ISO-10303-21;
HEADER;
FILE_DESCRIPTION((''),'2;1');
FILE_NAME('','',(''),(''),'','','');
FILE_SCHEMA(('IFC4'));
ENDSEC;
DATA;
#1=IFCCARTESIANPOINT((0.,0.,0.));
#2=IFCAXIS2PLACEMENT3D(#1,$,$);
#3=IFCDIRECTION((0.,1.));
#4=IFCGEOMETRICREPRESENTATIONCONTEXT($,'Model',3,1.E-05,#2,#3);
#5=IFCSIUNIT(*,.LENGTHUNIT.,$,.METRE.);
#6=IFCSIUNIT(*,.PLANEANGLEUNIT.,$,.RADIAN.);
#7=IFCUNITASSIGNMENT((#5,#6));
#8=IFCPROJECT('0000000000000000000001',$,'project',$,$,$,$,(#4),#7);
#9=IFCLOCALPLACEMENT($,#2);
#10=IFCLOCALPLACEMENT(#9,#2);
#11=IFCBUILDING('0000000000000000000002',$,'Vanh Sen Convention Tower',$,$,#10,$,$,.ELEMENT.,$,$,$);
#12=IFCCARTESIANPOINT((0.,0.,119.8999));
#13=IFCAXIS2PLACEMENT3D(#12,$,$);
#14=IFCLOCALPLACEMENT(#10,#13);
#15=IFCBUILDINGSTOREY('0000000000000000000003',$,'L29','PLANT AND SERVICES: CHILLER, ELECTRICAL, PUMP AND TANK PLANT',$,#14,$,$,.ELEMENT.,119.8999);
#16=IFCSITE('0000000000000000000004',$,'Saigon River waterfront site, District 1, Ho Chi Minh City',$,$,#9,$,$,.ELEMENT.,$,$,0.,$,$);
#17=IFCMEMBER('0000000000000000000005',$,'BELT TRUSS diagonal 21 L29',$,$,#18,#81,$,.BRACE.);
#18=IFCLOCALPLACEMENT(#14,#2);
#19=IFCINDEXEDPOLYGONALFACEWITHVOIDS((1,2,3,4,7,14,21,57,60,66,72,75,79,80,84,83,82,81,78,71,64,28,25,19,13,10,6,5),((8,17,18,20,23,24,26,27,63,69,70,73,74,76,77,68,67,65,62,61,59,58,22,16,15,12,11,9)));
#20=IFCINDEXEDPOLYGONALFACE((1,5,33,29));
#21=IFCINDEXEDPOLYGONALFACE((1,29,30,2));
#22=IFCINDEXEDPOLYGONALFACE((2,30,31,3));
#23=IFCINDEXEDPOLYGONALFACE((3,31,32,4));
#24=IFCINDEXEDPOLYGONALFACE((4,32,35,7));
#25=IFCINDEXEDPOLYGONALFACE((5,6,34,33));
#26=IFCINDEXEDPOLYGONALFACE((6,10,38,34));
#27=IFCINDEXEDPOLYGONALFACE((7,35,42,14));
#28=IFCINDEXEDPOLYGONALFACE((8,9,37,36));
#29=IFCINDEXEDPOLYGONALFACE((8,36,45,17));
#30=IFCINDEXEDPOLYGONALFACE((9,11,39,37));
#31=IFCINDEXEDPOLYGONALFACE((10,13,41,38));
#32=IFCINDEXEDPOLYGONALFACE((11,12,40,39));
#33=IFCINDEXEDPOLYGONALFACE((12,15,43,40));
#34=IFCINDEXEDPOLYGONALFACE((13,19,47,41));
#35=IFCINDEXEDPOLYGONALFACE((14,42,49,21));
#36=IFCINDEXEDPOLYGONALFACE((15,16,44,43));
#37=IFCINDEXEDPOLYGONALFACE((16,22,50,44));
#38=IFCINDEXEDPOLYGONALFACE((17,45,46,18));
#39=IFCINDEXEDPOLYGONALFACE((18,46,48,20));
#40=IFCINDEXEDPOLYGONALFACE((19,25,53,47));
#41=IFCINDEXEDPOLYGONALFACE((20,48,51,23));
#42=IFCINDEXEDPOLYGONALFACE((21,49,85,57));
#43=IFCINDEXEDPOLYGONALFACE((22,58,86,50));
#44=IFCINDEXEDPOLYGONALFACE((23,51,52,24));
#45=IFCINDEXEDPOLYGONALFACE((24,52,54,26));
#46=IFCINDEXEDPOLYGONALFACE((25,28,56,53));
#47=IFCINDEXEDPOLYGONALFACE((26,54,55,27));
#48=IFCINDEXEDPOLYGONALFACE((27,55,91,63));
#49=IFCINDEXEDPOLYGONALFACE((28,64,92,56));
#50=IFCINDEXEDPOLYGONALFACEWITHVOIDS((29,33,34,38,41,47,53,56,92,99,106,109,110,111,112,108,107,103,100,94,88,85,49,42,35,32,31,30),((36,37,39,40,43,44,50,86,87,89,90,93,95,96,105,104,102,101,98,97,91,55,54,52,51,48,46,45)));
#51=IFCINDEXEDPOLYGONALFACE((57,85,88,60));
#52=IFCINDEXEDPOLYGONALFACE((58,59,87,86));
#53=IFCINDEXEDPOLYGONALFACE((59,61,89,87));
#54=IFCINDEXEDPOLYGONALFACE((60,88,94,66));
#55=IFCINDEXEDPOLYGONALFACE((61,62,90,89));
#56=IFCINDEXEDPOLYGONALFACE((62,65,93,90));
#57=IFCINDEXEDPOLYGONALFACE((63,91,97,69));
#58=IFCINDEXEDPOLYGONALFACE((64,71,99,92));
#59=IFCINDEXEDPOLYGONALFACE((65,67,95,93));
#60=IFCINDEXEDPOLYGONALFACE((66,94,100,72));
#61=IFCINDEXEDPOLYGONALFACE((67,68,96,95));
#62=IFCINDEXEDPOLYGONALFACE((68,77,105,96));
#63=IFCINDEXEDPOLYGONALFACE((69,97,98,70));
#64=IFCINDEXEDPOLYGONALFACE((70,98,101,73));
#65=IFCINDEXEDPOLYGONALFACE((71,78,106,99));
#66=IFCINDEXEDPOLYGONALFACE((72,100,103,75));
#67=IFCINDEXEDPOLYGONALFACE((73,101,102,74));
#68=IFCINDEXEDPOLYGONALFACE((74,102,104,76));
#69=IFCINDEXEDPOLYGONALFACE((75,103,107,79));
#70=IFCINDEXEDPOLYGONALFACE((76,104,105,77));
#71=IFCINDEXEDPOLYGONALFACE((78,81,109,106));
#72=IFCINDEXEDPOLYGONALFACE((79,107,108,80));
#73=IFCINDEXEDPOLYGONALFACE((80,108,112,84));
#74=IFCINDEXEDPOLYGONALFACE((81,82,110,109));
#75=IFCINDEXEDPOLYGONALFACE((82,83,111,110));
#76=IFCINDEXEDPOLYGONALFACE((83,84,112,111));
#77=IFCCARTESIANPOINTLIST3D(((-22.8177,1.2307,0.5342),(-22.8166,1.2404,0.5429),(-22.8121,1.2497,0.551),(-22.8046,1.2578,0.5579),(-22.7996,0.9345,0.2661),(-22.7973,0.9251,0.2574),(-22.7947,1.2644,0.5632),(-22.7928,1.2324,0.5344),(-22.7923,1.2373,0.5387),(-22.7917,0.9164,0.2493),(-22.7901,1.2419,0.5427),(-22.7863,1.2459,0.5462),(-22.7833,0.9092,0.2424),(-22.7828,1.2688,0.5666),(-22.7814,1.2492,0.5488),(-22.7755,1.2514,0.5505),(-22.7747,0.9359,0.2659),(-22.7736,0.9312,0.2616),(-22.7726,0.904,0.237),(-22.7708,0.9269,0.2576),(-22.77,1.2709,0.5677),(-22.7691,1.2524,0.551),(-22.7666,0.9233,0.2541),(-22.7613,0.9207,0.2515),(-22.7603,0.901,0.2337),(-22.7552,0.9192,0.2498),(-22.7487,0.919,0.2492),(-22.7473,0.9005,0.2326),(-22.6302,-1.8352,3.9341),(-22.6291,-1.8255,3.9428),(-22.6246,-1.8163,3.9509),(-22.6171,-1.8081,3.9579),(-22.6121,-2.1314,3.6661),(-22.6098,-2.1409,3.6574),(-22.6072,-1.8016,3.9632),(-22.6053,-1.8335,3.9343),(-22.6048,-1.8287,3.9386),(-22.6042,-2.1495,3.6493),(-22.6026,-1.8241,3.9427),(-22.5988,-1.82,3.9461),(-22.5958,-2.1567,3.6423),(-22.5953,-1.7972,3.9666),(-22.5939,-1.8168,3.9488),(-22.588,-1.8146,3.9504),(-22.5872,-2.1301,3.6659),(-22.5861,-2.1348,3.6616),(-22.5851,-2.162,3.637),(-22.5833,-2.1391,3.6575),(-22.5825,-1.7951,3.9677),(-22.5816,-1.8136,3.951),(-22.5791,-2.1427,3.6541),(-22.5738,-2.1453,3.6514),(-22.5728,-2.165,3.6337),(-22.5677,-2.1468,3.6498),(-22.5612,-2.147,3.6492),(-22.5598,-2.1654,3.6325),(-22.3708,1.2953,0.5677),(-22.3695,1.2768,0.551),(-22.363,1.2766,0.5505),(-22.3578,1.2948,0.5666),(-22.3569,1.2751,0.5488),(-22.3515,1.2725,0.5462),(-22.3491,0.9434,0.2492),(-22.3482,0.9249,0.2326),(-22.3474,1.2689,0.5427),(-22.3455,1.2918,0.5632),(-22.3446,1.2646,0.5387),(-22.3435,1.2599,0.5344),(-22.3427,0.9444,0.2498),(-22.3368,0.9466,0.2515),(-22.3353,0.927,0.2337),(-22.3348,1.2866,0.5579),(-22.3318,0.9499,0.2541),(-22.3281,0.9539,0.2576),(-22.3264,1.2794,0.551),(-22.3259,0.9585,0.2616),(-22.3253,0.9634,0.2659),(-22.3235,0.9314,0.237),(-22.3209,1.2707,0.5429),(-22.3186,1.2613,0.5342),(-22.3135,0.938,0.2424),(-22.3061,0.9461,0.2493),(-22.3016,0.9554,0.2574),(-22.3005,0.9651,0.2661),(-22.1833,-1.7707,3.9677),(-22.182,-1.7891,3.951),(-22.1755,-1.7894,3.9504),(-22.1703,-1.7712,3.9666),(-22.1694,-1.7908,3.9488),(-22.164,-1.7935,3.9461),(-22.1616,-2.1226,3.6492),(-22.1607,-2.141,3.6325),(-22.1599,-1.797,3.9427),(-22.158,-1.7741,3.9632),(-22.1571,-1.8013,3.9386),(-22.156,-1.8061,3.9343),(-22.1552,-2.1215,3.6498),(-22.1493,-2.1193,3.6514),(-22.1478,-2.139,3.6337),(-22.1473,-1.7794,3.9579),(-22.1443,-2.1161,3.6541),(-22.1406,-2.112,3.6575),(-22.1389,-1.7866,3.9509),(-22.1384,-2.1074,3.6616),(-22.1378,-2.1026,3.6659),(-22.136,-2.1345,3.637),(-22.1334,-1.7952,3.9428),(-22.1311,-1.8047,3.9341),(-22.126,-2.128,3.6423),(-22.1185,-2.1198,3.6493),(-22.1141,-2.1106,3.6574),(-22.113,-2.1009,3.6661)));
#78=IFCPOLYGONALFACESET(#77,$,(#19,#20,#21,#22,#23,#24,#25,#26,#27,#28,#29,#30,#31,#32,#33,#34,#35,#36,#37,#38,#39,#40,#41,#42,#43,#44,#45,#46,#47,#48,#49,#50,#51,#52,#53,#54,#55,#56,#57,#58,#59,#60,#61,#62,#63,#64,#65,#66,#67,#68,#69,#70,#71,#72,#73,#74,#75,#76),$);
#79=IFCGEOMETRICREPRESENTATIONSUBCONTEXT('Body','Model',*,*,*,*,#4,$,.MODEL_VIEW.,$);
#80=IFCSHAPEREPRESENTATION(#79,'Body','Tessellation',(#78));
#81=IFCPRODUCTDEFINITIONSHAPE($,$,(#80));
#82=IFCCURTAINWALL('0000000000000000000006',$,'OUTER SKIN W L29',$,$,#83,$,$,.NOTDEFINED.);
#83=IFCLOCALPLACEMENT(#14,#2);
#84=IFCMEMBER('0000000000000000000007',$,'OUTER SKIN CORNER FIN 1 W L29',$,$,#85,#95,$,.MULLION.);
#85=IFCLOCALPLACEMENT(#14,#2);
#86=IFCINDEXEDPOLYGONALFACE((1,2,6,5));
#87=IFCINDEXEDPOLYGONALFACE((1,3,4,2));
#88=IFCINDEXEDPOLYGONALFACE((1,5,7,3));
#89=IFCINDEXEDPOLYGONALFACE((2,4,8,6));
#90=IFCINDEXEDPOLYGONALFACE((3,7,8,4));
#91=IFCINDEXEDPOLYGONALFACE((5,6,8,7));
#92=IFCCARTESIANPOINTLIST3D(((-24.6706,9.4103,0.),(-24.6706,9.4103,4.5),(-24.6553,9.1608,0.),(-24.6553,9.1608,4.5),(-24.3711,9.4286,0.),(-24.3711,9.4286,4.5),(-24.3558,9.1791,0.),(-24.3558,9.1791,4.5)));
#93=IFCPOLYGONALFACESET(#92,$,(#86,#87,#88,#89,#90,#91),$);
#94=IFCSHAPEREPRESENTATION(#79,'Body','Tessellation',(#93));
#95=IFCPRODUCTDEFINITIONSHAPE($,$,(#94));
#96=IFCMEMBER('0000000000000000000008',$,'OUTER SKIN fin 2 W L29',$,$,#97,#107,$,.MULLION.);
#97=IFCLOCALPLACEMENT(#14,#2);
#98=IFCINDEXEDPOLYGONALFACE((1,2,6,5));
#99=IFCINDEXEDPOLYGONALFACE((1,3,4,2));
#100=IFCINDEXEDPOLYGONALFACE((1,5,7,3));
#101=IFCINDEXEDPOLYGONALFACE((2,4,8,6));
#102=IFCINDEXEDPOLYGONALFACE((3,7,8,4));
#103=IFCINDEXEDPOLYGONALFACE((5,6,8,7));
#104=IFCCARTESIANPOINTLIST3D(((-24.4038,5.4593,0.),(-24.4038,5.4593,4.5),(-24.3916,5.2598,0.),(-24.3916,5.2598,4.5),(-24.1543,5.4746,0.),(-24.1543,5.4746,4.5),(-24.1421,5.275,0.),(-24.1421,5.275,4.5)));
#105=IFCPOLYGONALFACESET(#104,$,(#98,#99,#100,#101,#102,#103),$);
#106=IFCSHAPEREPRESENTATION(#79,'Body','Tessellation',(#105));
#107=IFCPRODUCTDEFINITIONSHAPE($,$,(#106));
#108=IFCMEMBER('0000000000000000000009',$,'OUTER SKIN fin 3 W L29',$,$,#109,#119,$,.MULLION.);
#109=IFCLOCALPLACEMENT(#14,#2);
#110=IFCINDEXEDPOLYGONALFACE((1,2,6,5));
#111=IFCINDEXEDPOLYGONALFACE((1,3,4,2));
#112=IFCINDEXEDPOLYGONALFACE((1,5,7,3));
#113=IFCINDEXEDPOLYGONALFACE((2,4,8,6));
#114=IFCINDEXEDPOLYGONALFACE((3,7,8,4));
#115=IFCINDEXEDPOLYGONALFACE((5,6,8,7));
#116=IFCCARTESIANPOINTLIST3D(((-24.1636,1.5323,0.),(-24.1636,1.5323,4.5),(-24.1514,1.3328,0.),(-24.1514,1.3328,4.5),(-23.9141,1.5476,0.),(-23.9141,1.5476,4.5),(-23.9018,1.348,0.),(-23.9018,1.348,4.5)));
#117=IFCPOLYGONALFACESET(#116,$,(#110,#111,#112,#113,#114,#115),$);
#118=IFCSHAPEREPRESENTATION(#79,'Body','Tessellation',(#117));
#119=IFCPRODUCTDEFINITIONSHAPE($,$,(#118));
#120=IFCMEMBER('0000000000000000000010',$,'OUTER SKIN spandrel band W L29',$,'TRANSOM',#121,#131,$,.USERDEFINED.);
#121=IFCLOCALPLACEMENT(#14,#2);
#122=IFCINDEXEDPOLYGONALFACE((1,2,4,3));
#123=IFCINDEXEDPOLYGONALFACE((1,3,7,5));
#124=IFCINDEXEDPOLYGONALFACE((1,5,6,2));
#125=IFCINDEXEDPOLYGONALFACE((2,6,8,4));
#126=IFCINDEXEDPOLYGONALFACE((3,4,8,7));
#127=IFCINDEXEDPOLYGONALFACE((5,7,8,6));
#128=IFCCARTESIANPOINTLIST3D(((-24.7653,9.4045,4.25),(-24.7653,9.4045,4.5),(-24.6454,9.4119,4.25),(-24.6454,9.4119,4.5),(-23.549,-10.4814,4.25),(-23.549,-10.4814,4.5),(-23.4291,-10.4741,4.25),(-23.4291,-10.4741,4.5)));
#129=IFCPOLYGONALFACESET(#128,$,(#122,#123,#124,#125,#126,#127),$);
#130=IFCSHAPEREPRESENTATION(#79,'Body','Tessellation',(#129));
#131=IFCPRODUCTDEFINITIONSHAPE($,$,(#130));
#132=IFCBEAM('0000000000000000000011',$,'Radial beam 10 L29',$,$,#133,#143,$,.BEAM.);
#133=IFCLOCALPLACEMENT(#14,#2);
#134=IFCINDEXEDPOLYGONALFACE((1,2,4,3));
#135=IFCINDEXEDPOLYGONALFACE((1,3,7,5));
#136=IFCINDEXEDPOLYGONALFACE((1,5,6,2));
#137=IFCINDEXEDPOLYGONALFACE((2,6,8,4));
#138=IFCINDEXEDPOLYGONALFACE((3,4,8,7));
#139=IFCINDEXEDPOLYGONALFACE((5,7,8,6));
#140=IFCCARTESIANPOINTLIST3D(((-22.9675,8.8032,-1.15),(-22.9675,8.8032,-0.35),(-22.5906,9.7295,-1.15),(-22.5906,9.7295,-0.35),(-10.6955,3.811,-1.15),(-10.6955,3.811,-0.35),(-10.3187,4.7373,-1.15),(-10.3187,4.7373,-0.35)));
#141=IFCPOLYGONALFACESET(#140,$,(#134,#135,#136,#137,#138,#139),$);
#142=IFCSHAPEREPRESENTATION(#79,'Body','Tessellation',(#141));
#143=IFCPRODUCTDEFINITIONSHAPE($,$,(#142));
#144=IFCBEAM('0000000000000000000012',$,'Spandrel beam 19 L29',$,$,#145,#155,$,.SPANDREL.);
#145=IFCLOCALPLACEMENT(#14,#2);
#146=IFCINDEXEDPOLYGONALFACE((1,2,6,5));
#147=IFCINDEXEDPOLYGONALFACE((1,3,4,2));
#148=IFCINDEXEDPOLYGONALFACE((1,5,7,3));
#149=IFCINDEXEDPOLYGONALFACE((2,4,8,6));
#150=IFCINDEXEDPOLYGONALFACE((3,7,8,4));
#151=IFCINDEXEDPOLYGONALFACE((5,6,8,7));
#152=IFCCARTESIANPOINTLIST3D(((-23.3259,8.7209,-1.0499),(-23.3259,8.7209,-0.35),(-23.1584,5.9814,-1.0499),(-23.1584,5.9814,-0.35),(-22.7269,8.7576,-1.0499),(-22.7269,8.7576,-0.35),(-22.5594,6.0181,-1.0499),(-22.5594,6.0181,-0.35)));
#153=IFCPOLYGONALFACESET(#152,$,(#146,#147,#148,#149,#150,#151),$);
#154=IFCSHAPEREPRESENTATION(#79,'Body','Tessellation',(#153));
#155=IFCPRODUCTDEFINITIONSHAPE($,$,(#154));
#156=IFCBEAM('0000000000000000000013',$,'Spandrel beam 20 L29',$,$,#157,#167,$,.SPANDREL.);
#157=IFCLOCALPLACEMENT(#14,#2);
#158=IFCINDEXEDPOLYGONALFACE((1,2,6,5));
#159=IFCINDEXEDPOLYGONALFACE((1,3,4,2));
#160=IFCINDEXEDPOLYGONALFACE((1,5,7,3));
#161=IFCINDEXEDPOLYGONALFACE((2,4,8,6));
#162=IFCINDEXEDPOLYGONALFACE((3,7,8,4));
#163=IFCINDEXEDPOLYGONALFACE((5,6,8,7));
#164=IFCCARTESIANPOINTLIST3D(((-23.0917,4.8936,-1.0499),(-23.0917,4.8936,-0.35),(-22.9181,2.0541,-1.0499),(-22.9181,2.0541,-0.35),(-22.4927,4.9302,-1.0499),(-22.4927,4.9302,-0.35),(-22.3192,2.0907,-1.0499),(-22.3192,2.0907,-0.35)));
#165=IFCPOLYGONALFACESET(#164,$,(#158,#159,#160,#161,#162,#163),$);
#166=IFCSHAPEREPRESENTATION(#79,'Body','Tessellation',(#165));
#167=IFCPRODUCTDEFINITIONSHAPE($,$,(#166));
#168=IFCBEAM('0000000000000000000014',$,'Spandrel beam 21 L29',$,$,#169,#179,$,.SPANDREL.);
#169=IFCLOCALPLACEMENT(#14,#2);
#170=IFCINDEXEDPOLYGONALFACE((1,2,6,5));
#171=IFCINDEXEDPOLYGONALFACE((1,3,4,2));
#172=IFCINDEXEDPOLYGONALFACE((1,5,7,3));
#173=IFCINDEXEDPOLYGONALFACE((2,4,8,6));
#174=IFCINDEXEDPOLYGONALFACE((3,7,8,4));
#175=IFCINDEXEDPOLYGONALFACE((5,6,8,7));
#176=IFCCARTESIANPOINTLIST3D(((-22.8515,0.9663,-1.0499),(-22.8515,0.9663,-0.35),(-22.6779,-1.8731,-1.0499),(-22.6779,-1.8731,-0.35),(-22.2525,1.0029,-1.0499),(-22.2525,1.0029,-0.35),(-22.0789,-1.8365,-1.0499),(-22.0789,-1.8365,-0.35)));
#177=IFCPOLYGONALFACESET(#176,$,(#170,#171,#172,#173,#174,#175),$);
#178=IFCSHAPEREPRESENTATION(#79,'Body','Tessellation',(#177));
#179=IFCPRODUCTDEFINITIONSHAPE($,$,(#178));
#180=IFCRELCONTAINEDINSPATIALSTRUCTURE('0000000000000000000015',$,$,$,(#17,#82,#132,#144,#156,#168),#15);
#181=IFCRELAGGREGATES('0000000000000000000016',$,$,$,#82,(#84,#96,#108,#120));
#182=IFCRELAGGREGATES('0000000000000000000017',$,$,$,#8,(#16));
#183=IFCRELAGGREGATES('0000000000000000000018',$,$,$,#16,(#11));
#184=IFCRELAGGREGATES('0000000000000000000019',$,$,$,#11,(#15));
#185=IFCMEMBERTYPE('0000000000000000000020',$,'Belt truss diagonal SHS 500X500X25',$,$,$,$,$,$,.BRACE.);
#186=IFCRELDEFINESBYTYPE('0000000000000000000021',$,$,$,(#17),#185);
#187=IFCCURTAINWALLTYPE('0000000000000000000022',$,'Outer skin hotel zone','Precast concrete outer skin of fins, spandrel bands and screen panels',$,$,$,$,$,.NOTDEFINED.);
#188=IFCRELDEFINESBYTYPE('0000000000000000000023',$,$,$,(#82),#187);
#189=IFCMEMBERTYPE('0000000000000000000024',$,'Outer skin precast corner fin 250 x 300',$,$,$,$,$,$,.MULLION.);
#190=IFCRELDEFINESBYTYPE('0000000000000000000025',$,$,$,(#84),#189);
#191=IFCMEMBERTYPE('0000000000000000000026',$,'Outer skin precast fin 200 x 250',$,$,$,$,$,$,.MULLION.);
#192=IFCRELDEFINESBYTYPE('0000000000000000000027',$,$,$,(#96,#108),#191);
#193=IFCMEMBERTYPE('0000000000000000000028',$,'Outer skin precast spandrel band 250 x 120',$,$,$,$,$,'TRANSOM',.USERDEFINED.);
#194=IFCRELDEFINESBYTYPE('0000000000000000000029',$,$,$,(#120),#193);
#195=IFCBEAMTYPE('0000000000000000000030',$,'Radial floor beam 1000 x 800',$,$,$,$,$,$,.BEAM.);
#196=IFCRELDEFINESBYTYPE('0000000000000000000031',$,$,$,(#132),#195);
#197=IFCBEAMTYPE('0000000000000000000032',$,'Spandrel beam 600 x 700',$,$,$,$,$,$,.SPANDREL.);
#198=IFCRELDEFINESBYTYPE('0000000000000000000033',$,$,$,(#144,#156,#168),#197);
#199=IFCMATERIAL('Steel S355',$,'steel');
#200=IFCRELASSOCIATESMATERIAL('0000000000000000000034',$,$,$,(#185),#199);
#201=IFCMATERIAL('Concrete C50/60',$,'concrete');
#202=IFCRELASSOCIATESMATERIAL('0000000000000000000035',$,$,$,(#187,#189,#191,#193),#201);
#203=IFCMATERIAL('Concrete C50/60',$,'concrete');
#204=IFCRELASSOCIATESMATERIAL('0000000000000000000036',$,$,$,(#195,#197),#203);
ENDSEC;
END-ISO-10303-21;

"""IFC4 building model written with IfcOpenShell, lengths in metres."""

from ifc_helpers import new_model, si_unit, direction, frame, origin, origin_2d, place, context, subcontext, project, spatial, rectangle, hollow_rectangle, extrude, material, material_profile, profile_set, type_object, element, aggregate, save


model = new_model("IFC4")

# Units and contexts
model_context = context("Model", 3, precision=1e-05, world=origin(), true_north=direction((0.0, 1.0)))
body_context = subcontext(model_context, "Body", "Model", "MODEL_VIEW")
ifc_project = project(units=[si_unit("LENGTHUNIT", "METRE"), si_unit("PLANEANGLEUNIT", "RADIAN")], contexts=[model_context])

# Site, building, storey
site_placement = place(None, origin())
site = spatial("IfcSite", under=ifc_project, at=site_placement, Name="Saigon River waterfront site, District 1, Ho Chi Minh City", CompositionType="ELEMENT", RefElevation=0.0)
building_placement = place(site_placement, origin())
building = spatial("IfcBuilding", under=site, at=building_placement, Name="Vanh Sen Convention Tower", CompositionType="ELEMENT")
storey_placement = place(building_placement, frame((0.0, 0.0, 119.8999)))
storey = spatial("IfcBuildingStorey", under=building, at=storey_placement, Name="L29", Description="PLANT AND SERVICES: CHILLER, ELECTRICAL, PUMP AND TANK PLANT", CompositionType="ELEMENT", Elevation=119.8999)

# Member
ifc_material_1 = material(Name="Steel S355", Category="steel")
ifc_material_profile_1 = material_profile(ifc_material_1, hollow_rectangle(XDim=0.5, YDim=0.5, WallThickness=0.0249, InnerFilletRadius=0.0249, OuterFilletRadius=0.05, at=origin_2d()), Name="SHS 500X500X25")
ifc_profile_set_1 = profile_set([ifc_material_profile_1], Name="Steel S355")
member_type_1 = type_object("IfcMemberType", Name="Belt truss diagonal SHS 500X500X25", PredefinedType="BRACE", material=ifc_profile_set_1)
for number, where, z_axis, x_axis, name in (
    (1, (-22.5591, 1.0979, 0.4001), (0.040921, -0.669128, 0.742019), (0.998135, 0.061042, 0.0), "BELT TRUSS diagonal 21 L29"),
):
    element("IfcMember", number, at=place(storey_placement, frame(where, z_axis=z_axis, x_axis=x_axis)), inside=storey, type_object=member_type_1, Name=name, PredefinedType="BRACE", context=body_context, shape_type="SweptSolid", body=[
        extrude(hollow_rectangle(XDim=0.5, YDim=0.5, WallThickness=0.0249, InnerFilletRadius=0.0249, OuterFilletRadius=0.05, at=origin_2d()), origin(), (0.0, 0.0, 1.0), 4.582),
    ])

# Curtain wall, members
ifc_material_2 = material(Name="Concrete C50/60", Category="concrete")
curtain_wall_type = type_object("IfcCurtainWallType", Name="Outer skin hotel zone", Description="Precast concrete outer skin of fins, spandrel bands and screen panels", PredefinedType="NOTDEFINED", material=ifc_material_2)
curtain_wall_1_placement = place(storey_placement, origin())
curtain_wall_1 = element("IfcCurtainWall", 2, at=curtain_wall_1_placement, inside=storey, type_object=curtain_wall_type, Name="OUTER SKIN W L29", PredefinedType="NOTDEFINED")
ifc_material_profile_2 = material_profile(ifc_material_2, rectangle(XDim=0.25, YDim=0.3, at=origin_2d()), Name="Outer skin precast corner fin 250 x 300")
ifc_profile_set_2 = profile_set([ifc_material_profile_2], Name="Concrete C50/60")
member_type_2 = type_object("IfcMemberType", Name="Outer skin precast corner fin 250 x 300", PredefinedType="MULLION", material=ifc_profile_set_2)
member_1_placement = place(storey_placement, frame((-24.5132, 9.2947, 0.0), z_axis=(0.0, 0.0, 1.0), x_axis=(0.061049, -0.998135, 0.0)))
member_1 = element("IfcMember", 3, at=member_1_placement, type_object=member_type_2, Name="OUTER SKIN CORNER FIN 1 W L29", PredefinedType="MULLION", context=body_context, shape_type="SweptSolid", body=[
    extrude(rectangle(XDim=0.25, YDim=0.3, at=origin_2d()), origin(), (0.0, 0.0, 1.0), 4.5),
])
ifc_material_profile_3 = material_profile(ifc_material_2, rectangle(XDim=0.2, YDim=0.25, at=origin_2d()), Name="Outer skin precast fin 200 x 250")
ifc_profile_set_3 = profile_set([ifc_material_profile_3], Name="Concrete C50/60")
member_type_3 = type_object("IfcMemberType", Name="Outer skin precast fin 200 x 250", PredefinedType="MULLION", material=ifc_profile_set_3)
member_2_placement = place(storey_placement, frame((-24.2729, 5.3672, 0.0), z_axis=(0.0, 0.0, 1.0), x_axis=(0.061049, -0.998135, 0.0)))
member_2 = element("IfcMember", 4, at=member_2_placement, type_object=member_type_3, Name="OUTER SKIN fin 2 W L29", PredefinedType="MULLION", context=body_context, shape_type="SweptSolid", body=[
    extrude(rectangle(XDim=0.2, YDim=0.25, at=origin_2d()), origin(), (0.0, 0.0, 1.0), 4.5),
])
member_3_placement = place(storey_placement, frame((-24.0327, 1.4402, 0.0), z_axis=(0.0, 0.0, 1.0), x_axis=(0.061049, -0.998135, 0.0)))
member_3 = element("IfcMember", 5, at=member_3_placement, type_object=member_type_3, Name="OUTER SKIN fin 3 W L29", PredefinedType="MULLION", context=body_context, shape_type="SweptSolid", body=[
    extrude(rectangle(XDim=0.2, YDim=0.25, at=origin_2d()), origin(), (0.0, 0.0, 1.0), 4.5),
])
ifc_material_profile_4 = material_profile(ifc_material_2, rectangle(XDim=0.1201, YDim=0.25, at=origin_2d()), Name="Outer skin precast spandrel band 250 x 120")
ifc_profile_set_4 = profile_set([ifc_material_profile_4], Name="Concrete C50/60")
member_type_4 = type_object("IfcMemberType", Name="Outer skin precast spandrel band 250 x 120", ElementType="TRANSOM", PredefinedType="USERDEFINED", material=ifc_profile_set_4)
member_4_placement = place(storey_placement, frame((-24.7053, 9.4082, 4.375), z_axis=(0.06105, -0.998135, 0.0), x_axis=(0.998135, 0.06105, 0.0)))
member_4 = element("IfcMember", 6, at=member_4_placement, type_object=member_type_4, Name="OUTER SKIN spandrel band W L29", ObjectType="TRANSOM", PredefinedType="USERDEFINED", context=body_context, shape_type="SweptSolid", body=[
    extrude(rectangle(XDim=0.1201, YDim=0.25, at=origin_2d()), origin(), (0.0, 0.0, 1.0), 19.9231),
])

# Beams
ifc_material_3 = material(Name="Concrete C50/60", Category="concrete")
ifc_material_profile_5 = material_profile(ifc_material_3, rectangle(XDim=1.0, YDim=0.8, at=origin_2d()), Name="RC 1000X800")
ifc_profile_set_5 = profile_set([ifc_material_profile_5], Name="Concrete C50/60")
beam_type_1 = type_object("IfcBeamType", Name="Radial floor beam 1000 x 800", PredefinedType="BEAM", material=ifc_profile_set_5)
beam_1_placement = place(storey_placement, frame((-22.7791, 9.2664, -0.75), z_axis=(0.92629, -0.376811, 0.0), x_axis=(0.376811, 0.92629, 0.0)))
element("IfcBeam", 7, at=beam_1_placement, inside=storey, type_object=beam_type_1, Name="Radial beam 10 L29", PredefinedType="BEAM", context=body_context, shape_type="SweptSolid", body=[
    extrude(rectangle(XDim=1.0, YDim=0.8, at=origin_2d()), origin(), (0.0, 0.0, 1.0), 13.2485),
])
ifc_material_profile_6 = material_profile(ifc_material_3, rectangle(XDim=0.6001, YDim=0.7, at=origin_2d()), Name="RC 600X700")
ifc_profile_set_6 = profile_set([ifc_material_profile_6], Name="Concrete C50/60")
beam_type_2 = type_object("IfcBeamType", Name="Spandrel beam 600 x 700", PredefinedType="SPANDREL", material=ifc_profile_set_6)
beam_2_placement = place(storey_placement, frame((-23.0264, 8.7393, -0.7), z_axis=(0.061021, -0.998136, 0.0), x_axis=(0.998136, 0.061021, 0.0)))
element("IfcBeam", 8, at=beam_2_placement, inside=storey, type_object=beam_type_2, Name="Spandrel beam 19 L29", PredefinedType="SPANDREL", context=body_context, shape_type="SweptSolid", body=[
    extrude(rectangle(XDim=0.6001, YDim=0.7, at=origin_2d()), origin(), (0.0, 0.0, 1.0), 2.7446),
])
for number, where, z_axis, x_axis, name in (
    (9, (-22.7922, 4.9119, -0.7), (0.061021, -0.998136, 0.0), (0.998136, 0.061021, 0.0), "Spandrel beam 20 L29"),
    (10, (-22.552, 0.9846, -0.7), (0.061021, -0.998136, 0.0), (0.998136, 0.061021, 0.0), "Spandrel beam 21 L29"),
):
    element("IfcBeam", number, at=place(storey_placement, frame(where, z_axis=z_axis, x_axis=x_axis)), inside=storey, type_object=beam_type_2, Name=name, PredefinedType="SPANDREL", context=body_context, shape_type="SweptSolid", body=[
        extrude(rectangle(XDim=0.6001, YDim=0.7, at=origin_2d()), origin(), (0.0, 0.0, 1.0), 2.8447),
    ])

aggregate(curtain_wall_1, [member_1, member_2, member_3, member_4])

save(model, "model.ifc")
